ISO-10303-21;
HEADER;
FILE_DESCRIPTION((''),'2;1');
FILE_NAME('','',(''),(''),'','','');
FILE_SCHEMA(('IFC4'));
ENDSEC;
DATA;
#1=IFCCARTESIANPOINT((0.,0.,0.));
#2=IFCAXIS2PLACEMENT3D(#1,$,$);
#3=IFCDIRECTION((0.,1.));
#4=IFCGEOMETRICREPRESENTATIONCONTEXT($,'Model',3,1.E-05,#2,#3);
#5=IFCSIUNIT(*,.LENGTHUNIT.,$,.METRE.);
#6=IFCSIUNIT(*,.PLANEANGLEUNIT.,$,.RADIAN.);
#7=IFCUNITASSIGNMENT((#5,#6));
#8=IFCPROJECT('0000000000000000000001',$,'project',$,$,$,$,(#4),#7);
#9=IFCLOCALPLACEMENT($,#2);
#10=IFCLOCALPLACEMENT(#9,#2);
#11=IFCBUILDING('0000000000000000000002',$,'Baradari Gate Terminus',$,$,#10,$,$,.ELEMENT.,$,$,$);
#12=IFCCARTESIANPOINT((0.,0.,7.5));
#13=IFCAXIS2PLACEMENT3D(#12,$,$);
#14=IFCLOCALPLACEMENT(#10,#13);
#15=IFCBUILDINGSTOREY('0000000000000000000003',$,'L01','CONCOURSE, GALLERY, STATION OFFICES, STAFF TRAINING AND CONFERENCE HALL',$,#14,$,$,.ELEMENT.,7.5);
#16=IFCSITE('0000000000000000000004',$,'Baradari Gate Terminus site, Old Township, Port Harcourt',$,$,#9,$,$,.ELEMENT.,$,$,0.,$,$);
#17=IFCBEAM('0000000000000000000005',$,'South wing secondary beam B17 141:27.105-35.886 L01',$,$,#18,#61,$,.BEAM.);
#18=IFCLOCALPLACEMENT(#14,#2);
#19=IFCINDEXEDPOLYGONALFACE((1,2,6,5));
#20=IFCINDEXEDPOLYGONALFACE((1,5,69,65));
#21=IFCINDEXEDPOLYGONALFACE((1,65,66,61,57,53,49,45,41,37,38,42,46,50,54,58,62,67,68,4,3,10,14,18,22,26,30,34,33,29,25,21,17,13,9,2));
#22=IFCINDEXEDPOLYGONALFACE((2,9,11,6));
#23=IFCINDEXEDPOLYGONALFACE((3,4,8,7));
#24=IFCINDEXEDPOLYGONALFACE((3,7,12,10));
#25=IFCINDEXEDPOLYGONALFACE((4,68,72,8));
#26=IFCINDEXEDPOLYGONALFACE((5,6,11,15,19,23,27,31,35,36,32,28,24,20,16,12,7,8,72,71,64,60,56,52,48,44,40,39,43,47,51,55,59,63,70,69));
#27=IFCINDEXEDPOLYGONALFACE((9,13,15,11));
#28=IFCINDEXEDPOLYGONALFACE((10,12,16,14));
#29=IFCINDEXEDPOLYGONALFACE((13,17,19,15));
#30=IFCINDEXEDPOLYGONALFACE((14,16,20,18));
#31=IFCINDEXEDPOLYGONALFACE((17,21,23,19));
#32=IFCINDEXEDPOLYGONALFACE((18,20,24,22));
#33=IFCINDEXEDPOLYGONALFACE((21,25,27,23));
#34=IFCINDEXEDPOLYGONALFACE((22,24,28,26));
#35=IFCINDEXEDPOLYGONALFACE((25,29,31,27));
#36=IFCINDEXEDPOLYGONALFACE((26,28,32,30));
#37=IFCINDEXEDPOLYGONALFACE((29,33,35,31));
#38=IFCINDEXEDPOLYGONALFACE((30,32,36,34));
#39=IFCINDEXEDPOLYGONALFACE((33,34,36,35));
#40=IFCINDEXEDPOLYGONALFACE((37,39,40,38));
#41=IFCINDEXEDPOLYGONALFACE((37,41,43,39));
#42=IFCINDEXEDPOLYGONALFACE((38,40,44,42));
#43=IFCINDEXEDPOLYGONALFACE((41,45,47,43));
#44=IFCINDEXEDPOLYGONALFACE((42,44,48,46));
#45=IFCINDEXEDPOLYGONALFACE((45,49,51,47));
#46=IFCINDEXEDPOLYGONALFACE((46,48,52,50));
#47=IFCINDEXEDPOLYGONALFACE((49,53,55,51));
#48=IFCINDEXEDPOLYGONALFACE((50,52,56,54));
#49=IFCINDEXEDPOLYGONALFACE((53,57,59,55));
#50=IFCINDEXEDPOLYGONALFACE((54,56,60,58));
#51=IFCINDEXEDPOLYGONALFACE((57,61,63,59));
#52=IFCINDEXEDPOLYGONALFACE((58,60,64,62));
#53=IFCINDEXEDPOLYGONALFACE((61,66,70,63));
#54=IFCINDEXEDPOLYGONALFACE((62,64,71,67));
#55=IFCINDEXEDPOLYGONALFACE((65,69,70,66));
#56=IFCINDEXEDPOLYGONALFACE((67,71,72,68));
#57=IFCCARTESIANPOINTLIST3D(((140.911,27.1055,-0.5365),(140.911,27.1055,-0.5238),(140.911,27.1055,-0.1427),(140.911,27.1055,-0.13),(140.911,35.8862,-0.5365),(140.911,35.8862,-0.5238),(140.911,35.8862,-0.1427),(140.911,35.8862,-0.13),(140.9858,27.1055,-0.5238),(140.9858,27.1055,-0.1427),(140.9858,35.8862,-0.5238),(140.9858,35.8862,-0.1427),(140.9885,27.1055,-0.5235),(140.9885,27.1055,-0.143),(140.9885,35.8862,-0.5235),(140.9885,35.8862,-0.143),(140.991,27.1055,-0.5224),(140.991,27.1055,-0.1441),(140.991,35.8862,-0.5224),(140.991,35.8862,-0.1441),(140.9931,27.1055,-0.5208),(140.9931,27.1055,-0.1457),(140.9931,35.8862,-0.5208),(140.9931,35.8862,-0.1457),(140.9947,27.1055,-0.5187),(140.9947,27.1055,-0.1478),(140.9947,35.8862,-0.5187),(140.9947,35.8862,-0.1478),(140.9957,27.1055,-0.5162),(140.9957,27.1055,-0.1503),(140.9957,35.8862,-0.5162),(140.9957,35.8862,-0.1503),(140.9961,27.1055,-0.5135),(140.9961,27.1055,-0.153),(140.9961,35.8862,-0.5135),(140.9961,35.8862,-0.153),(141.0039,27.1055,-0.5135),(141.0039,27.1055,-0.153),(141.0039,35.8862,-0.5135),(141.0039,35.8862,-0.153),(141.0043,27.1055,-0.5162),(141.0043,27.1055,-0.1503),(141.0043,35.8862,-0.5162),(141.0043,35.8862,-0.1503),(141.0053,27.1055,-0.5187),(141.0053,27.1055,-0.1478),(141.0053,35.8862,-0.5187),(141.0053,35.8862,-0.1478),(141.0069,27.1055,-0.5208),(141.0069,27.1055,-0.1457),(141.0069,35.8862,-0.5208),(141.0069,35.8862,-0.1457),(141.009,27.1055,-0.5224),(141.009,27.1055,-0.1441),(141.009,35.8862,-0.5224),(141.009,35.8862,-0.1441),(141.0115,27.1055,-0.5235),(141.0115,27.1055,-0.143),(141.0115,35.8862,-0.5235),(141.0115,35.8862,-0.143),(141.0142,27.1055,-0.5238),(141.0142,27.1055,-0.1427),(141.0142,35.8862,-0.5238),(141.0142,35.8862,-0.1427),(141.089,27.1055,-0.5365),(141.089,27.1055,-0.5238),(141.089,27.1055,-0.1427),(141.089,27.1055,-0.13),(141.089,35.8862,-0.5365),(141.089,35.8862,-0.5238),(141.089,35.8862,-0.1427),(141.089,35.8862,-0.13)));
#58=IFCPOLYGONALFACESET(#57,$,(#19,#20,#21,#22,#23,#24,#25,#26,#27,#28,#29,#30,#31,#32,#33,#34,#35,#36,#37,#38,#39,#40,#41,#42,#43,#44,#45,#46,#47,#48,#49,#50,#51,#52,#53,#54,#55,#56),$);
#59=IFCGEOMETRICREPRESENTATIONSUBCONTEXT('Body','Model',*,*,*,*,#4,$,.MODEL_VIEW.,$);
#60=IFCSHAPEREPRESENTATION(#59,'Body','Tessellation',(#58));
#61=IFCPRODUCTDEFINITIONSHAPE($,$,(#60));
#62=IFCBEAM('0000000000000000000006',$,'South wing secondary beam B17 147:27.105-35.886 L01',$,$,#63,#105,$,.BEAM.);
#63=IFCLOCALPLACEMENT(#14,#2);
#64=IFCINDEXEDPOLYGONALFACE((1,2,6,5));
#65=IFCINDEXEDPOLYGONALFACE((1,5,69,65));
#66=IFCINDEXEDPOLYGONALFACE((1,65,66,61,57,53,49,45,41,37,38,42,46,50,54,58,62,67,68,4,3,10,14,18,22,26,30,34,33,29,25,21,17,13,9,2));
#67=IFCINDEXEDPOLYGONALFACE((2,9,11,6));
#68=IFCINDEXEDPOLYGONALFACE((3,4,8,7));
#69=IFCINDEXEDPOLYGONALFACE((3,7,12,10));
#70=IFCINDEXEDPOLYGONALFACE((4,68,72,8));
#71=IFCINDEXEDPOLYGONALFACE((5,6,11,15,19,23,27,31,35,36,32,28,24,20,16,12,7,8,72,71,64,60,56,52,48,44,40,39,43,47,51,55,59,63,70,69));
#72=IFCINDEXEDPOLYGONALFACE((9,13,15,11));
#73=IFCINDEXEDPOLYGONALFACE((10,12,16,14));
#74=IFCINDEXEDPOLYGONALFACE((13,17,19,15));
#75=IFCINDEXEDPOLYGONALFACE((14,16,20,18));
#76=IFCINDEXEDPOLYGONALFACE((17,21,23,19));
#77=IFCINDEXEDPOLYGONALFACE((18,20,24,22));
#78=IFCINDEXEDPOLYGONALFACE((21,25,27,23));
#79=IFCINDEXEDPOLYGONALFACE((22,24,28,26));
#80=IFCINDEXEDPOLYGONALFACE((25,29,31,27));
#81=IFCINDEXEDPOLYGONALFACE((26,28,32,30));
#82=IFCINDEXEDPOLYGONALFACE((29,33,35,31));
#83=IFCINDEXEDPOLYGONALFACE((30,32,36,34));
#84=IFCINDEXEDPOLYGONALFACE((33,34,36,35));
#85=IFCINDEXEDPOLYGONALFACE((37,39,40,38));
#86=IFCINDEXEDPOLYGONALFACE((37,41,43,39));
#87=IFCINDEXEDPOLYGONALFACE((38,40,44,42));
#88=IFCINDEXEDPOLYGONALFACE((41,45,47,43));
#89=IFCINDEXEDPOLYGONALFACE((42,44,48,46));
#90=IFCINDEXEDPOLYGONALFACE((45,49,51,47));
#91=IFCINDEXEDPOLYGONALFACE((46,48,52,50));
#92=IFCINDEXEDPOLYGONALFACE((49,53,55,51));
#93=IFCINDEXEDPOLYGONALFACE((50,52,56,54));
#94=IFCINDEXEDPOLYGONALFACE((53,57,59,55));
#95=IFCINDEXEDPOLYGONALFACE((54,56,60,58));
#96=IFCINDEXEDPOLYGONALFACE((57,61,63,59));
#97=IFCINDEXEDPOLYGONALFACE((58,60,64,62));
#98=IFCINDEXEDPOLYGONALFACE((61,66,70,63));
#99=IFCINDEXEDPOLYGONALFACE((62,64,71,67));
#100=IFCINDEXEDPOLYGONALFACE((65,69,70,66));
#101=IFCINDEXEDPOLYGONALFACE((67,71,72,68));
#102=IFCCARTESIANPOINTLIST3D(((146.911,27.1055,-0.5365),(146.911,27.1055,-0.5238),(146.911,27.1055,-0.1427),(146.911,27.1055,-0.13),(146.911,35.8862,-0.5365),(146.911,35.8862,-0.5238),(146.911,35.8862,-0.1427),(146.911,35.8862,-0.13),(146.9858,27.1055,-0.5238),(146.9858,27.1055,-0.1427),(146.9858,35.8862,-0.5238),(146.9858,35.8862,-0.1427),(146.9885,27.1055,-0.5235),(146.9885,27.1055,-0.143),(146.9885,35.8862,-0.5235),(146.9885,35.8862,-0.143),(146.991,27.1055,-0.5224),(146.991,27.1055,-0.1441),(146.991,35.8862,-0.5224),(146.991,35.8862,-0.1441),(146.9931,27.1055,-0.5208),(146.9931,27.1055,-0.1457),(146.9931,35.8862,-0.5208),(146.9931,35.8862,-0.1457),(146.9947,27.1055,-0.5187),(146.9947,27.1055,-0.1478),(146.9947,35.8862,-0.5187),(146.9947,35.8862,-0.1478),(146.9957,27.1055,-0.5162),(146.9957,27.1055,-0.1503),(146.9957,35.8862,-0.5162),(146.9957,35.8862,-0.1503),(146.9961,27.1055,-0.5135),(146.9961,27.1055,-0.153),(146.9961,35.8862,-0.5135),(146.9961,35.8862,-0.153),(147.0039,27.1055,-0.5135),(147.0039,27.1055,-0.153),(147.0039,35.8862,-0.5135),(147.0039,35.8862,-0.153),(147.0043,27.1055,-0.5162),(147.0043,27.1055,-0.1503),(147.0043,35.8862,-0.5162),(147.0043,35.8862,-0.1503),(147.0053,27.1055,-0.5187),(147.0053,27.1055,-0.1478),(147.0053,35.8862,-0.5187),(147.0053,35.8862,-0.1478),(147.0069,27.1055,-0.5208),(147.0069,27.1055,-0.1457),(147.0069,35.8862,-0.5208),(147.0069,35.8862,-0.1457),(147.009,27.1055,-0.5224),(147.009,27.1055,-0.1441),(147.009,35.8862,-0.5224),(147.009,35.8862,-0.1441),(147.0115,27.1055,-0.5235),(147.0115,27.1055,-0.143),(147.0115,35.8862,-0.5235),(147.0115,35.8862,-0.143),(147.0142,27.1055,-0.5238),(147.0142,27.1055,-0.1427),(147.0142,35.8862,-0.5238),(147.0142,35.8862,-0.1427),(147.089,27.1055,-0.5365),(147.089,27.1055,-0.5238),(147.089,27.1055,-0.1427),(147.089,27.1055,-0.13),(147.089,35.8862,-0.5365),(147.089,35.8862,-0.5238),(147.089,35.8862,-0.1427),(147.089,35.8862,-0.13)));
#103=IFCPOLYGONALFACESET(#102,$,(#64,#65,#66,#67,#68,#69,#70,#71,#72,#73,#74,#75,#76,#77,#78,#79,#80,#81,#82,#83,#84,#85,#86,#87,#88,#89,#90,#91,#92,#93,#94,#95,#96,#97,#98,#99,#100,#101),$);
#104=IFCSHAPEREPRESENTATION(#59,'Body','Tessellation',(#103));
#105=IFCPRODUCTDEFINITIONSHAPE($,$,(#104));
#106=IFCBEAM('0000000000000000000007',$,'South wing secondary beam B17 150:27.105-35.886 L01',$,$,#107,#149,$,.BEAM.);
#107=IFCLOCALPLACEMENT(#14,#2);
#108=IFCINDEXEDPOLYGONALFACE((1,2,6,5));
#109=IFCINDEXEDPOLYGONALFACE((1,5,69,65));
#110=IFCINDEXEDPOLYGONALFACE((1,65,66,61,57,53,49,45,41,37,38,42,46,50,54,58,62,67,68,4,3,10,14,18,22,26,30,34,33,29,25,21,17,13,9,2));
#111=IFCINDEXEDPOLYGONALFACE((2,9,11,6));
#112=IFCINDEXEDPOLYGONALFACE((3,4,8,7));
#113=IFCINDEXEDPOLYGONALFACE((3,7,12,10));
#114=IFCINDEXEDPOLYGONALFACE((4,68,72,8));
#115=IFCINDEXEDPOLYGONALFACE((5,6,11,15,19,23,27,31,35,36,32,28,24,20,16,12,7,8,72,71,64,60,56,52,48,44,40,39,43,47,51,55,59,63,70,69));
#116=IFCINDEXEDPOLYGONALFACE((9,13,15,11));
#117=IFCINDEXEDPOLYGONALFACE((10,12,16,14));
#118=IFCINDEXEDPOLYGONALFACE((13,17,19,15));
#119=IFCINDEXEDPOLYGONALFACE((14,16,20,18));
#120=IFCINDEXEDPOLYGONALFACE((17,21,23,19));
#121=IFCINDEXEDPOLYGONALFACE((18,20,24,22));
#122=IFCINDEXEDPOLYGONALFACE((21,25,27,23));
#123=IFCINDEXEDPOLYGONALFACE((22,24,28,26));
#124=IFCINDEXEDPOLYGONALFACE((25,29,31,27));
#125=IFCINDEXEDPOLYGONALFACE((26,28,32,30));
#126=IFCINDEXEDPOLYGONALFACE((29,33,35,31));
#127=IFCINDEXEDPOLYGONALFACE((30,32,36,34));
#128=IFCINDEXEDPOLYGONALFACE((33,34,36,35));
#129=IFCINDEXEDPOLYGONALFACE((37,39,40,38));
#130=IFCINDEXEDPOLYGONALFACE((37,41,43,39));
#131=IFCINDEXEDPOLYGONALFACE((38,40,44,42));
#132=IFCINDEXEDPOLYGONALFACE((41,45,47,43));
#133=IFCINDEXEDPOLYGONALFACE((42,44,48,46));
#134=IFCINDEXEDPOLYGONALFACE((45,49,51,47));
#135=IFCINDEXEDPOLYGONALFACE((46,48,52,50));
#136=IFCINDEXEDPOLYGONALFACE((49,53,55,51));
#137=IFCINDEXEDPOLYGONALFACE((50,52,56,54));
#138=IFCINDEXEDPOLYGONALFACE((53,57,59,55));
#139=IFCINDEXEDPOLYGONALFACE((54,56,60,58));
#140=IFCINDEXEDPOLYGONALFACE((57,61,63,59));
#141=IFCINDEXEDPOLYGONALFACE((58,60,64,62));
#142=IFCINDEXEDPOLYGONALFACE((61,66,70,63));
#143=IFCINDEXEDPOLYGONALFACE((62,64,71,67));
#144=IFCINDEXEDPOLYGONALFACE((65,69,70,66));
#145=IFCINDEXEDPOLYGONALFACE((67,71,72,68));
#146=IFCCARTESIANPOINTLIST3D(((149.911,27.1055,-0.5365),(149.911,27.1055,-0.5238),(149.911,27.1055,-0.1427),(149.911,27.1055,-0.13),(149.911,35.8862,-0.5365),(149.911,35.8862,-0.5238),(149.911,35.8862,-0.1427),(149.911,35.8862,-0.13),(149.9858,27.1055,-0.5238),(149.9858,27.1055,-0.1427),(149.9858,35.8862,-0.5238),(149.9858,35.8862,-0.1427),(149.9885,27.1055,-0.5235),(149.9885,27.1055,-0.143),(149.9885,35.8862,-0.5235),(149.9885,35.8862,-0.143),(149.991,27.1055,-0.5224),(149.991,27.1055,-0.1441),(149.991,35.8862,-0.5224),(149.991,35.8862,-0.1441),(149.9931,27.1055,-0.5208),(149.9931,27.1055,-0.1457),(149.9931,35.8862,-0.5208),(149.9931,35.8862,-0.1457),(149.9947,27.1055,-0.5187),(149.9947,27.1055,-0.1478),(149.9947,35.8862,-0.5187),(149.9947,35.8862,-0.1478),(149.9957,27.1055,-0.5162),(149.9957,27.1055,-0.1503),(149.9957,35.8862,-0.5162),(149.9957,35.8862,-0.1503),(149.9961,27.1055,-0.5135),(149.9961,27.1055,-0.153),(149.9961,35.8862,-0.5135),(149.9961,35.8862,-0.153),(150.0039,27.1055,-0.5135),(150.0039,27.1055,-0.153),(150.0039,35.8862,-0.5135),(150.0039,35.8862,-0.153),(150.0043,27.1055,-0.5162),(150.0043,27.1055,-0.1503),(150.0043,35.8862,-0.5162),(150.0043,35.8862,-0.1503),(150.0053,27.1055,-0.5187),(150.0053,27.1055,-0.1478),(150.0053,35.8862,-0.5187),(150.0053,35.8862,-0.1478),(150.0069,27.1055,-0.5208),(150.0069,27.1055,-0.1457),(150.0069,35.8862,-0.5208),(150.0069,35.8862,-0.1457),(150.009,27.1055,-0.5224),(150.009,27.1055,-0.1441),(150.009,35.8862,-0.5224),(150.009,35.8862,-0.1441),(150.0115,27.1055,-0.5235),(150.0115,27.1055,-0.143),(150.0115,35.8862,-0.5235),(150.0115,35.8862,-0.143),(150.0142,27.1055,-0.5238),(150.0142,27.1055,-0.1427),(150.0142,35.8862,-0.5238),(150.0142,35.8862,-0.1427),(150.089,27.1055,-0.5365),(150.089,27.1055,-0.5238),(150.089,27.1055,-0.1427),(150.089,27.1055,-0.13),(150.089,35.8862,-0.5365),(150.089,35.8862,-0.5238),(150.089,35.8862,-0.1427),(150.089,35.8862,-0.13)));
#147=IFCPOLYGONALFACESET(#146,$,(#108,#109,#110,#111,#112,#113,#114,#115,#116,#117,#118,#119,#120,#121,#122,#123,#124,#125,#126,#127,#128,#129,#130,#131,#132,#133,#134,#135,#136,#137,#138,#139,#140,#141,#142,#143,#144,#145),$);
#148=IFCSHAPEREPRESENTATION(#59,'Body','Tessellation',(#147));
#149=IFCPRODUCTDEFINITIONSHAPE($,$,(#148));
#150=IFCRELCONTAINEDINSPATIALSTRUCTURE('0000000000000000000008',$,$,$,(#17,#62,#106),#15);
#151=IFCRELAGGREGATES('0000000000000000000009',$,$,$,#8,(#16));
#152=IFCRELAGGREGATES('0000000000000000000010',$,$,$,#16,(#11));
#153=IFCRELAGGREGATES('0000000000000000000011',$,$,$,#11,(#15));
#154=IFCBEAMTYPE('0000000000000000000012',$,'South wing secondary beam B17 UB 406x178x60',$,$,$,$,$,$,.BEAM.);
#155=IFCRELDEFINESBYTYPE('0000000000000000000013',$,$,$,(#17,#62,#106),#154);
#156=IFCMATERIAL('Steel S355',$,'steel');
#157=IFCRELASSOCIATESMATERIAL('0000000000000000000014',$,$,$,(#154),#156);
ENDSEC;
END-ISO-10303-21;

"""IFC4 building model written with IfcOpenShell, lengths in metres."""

from ifc_helpers import new_model, si_unit, direction, frame, origin, origin_2d, place, context, subcontext, project, spatial, i_section, extrude, material, material_profile, profile_set, type_object, element, save


model = new_model("IFC4")

# Units and contexts
model_context = context("Model", 3, precision=1e-05, world=origin(), true_north=direction((0.0, 1.0)))
body_context = subcontext(model_context, "Body", "Model", "MODEL_VIEW")
ifc_project = project(units=[si_unit("LENGTHUNIT", "METRE"), si_unit("PLANEANGLEUNIT", "RADIAN")], contexts=[model_context])

# Site, building, storey
site_placement = place(None, origin())
site = spatial("IfcSite", under=ifc_project, at=site_placement, Name="Baradari Gate Terminus site, Old Township, Port Harcourt", CompositionType="ELEMENT", RefElevation=0.0)
building_placement = place(site_placement, origin())
building = spatial("IfcBuilding", under=site, at=building_placement, Name="Baradari Gate Terminus", CompositionType="ELEMENT")
storey_placement = place(building_placement, frame((0.0, 0.0, 7.5)))
storey = spatial("IfcBuildingStorey", under=building, at=storey_placement, Name="L01", Description="CONCOURSE, GALLERY, STATION OFFICES, STAFF TRAINING AND CONFERENCE HALL", CompositionType="ELEMENT", Elevation=7.5)

# Beams
ifc_material_1 = material(Name="Steel S355", Category="steel")
ifc_material_profile_1 = material_profile(ifc_material_1, i_section(OverallWidth=0.178, OverallDepth=0.4065, WebThickness=0.0078, FlangeThickness=0.0127, FilletRadius=0.0103, at=origin_2d()), Name="UB 406x178x60")
ifc_profile_set_1 = profile_set([ifc_material_profile_1], Name="Steel S355")
beam_type_1 = type_object("IfcBeamType", Name="South wing secondary beam B17 UB 406x178x60", PredefinedType="BEAM", material=ifc_profile_set_1)
for number, where, z_axis, x_axis, name in (
    (1, (141.0, 27.1055, -0.3333), (0.0, 1.0, 0.0), (-1.0, 0.0, 0.0), "South wing secondary beam B17 141:27.105-35.886 L01"),
    (2, (147.0, 27.1055, -0.3333), (0.0, 1.0, 0.0), (-1.0, 0.0, 0.0), "South wing secondary beam B17 147:27.105-35.886 L01"),
    (3, (150.0, 27.1055, -0.3333), (0.0, 1.0, 0.0), (-1.0, 0.0, 0.0), "South wing secondary beam B17 150:27.105-35.886 L01"),
):
    element("IfcBeam", number, at=place(storey_placement, frame(where, z_axis=z_axis, x_axis=x_axis)), inside=storey, type_object=beam_type_1, Name=name, PredefinedType="BEAM", context=body_context, shape_type="SweptSolid", body=[
        extrude(i_section(OverallWidth=0.178, OverallDepth=0.4065, WebThickness=0.0078, FlangeThickness=0.0127, FilletRadius=0.0103, at=origin_2d()), origin(), (0.0, 0.0, 1.0), 8.7808),
    ])

save(model, "model.ifc")
